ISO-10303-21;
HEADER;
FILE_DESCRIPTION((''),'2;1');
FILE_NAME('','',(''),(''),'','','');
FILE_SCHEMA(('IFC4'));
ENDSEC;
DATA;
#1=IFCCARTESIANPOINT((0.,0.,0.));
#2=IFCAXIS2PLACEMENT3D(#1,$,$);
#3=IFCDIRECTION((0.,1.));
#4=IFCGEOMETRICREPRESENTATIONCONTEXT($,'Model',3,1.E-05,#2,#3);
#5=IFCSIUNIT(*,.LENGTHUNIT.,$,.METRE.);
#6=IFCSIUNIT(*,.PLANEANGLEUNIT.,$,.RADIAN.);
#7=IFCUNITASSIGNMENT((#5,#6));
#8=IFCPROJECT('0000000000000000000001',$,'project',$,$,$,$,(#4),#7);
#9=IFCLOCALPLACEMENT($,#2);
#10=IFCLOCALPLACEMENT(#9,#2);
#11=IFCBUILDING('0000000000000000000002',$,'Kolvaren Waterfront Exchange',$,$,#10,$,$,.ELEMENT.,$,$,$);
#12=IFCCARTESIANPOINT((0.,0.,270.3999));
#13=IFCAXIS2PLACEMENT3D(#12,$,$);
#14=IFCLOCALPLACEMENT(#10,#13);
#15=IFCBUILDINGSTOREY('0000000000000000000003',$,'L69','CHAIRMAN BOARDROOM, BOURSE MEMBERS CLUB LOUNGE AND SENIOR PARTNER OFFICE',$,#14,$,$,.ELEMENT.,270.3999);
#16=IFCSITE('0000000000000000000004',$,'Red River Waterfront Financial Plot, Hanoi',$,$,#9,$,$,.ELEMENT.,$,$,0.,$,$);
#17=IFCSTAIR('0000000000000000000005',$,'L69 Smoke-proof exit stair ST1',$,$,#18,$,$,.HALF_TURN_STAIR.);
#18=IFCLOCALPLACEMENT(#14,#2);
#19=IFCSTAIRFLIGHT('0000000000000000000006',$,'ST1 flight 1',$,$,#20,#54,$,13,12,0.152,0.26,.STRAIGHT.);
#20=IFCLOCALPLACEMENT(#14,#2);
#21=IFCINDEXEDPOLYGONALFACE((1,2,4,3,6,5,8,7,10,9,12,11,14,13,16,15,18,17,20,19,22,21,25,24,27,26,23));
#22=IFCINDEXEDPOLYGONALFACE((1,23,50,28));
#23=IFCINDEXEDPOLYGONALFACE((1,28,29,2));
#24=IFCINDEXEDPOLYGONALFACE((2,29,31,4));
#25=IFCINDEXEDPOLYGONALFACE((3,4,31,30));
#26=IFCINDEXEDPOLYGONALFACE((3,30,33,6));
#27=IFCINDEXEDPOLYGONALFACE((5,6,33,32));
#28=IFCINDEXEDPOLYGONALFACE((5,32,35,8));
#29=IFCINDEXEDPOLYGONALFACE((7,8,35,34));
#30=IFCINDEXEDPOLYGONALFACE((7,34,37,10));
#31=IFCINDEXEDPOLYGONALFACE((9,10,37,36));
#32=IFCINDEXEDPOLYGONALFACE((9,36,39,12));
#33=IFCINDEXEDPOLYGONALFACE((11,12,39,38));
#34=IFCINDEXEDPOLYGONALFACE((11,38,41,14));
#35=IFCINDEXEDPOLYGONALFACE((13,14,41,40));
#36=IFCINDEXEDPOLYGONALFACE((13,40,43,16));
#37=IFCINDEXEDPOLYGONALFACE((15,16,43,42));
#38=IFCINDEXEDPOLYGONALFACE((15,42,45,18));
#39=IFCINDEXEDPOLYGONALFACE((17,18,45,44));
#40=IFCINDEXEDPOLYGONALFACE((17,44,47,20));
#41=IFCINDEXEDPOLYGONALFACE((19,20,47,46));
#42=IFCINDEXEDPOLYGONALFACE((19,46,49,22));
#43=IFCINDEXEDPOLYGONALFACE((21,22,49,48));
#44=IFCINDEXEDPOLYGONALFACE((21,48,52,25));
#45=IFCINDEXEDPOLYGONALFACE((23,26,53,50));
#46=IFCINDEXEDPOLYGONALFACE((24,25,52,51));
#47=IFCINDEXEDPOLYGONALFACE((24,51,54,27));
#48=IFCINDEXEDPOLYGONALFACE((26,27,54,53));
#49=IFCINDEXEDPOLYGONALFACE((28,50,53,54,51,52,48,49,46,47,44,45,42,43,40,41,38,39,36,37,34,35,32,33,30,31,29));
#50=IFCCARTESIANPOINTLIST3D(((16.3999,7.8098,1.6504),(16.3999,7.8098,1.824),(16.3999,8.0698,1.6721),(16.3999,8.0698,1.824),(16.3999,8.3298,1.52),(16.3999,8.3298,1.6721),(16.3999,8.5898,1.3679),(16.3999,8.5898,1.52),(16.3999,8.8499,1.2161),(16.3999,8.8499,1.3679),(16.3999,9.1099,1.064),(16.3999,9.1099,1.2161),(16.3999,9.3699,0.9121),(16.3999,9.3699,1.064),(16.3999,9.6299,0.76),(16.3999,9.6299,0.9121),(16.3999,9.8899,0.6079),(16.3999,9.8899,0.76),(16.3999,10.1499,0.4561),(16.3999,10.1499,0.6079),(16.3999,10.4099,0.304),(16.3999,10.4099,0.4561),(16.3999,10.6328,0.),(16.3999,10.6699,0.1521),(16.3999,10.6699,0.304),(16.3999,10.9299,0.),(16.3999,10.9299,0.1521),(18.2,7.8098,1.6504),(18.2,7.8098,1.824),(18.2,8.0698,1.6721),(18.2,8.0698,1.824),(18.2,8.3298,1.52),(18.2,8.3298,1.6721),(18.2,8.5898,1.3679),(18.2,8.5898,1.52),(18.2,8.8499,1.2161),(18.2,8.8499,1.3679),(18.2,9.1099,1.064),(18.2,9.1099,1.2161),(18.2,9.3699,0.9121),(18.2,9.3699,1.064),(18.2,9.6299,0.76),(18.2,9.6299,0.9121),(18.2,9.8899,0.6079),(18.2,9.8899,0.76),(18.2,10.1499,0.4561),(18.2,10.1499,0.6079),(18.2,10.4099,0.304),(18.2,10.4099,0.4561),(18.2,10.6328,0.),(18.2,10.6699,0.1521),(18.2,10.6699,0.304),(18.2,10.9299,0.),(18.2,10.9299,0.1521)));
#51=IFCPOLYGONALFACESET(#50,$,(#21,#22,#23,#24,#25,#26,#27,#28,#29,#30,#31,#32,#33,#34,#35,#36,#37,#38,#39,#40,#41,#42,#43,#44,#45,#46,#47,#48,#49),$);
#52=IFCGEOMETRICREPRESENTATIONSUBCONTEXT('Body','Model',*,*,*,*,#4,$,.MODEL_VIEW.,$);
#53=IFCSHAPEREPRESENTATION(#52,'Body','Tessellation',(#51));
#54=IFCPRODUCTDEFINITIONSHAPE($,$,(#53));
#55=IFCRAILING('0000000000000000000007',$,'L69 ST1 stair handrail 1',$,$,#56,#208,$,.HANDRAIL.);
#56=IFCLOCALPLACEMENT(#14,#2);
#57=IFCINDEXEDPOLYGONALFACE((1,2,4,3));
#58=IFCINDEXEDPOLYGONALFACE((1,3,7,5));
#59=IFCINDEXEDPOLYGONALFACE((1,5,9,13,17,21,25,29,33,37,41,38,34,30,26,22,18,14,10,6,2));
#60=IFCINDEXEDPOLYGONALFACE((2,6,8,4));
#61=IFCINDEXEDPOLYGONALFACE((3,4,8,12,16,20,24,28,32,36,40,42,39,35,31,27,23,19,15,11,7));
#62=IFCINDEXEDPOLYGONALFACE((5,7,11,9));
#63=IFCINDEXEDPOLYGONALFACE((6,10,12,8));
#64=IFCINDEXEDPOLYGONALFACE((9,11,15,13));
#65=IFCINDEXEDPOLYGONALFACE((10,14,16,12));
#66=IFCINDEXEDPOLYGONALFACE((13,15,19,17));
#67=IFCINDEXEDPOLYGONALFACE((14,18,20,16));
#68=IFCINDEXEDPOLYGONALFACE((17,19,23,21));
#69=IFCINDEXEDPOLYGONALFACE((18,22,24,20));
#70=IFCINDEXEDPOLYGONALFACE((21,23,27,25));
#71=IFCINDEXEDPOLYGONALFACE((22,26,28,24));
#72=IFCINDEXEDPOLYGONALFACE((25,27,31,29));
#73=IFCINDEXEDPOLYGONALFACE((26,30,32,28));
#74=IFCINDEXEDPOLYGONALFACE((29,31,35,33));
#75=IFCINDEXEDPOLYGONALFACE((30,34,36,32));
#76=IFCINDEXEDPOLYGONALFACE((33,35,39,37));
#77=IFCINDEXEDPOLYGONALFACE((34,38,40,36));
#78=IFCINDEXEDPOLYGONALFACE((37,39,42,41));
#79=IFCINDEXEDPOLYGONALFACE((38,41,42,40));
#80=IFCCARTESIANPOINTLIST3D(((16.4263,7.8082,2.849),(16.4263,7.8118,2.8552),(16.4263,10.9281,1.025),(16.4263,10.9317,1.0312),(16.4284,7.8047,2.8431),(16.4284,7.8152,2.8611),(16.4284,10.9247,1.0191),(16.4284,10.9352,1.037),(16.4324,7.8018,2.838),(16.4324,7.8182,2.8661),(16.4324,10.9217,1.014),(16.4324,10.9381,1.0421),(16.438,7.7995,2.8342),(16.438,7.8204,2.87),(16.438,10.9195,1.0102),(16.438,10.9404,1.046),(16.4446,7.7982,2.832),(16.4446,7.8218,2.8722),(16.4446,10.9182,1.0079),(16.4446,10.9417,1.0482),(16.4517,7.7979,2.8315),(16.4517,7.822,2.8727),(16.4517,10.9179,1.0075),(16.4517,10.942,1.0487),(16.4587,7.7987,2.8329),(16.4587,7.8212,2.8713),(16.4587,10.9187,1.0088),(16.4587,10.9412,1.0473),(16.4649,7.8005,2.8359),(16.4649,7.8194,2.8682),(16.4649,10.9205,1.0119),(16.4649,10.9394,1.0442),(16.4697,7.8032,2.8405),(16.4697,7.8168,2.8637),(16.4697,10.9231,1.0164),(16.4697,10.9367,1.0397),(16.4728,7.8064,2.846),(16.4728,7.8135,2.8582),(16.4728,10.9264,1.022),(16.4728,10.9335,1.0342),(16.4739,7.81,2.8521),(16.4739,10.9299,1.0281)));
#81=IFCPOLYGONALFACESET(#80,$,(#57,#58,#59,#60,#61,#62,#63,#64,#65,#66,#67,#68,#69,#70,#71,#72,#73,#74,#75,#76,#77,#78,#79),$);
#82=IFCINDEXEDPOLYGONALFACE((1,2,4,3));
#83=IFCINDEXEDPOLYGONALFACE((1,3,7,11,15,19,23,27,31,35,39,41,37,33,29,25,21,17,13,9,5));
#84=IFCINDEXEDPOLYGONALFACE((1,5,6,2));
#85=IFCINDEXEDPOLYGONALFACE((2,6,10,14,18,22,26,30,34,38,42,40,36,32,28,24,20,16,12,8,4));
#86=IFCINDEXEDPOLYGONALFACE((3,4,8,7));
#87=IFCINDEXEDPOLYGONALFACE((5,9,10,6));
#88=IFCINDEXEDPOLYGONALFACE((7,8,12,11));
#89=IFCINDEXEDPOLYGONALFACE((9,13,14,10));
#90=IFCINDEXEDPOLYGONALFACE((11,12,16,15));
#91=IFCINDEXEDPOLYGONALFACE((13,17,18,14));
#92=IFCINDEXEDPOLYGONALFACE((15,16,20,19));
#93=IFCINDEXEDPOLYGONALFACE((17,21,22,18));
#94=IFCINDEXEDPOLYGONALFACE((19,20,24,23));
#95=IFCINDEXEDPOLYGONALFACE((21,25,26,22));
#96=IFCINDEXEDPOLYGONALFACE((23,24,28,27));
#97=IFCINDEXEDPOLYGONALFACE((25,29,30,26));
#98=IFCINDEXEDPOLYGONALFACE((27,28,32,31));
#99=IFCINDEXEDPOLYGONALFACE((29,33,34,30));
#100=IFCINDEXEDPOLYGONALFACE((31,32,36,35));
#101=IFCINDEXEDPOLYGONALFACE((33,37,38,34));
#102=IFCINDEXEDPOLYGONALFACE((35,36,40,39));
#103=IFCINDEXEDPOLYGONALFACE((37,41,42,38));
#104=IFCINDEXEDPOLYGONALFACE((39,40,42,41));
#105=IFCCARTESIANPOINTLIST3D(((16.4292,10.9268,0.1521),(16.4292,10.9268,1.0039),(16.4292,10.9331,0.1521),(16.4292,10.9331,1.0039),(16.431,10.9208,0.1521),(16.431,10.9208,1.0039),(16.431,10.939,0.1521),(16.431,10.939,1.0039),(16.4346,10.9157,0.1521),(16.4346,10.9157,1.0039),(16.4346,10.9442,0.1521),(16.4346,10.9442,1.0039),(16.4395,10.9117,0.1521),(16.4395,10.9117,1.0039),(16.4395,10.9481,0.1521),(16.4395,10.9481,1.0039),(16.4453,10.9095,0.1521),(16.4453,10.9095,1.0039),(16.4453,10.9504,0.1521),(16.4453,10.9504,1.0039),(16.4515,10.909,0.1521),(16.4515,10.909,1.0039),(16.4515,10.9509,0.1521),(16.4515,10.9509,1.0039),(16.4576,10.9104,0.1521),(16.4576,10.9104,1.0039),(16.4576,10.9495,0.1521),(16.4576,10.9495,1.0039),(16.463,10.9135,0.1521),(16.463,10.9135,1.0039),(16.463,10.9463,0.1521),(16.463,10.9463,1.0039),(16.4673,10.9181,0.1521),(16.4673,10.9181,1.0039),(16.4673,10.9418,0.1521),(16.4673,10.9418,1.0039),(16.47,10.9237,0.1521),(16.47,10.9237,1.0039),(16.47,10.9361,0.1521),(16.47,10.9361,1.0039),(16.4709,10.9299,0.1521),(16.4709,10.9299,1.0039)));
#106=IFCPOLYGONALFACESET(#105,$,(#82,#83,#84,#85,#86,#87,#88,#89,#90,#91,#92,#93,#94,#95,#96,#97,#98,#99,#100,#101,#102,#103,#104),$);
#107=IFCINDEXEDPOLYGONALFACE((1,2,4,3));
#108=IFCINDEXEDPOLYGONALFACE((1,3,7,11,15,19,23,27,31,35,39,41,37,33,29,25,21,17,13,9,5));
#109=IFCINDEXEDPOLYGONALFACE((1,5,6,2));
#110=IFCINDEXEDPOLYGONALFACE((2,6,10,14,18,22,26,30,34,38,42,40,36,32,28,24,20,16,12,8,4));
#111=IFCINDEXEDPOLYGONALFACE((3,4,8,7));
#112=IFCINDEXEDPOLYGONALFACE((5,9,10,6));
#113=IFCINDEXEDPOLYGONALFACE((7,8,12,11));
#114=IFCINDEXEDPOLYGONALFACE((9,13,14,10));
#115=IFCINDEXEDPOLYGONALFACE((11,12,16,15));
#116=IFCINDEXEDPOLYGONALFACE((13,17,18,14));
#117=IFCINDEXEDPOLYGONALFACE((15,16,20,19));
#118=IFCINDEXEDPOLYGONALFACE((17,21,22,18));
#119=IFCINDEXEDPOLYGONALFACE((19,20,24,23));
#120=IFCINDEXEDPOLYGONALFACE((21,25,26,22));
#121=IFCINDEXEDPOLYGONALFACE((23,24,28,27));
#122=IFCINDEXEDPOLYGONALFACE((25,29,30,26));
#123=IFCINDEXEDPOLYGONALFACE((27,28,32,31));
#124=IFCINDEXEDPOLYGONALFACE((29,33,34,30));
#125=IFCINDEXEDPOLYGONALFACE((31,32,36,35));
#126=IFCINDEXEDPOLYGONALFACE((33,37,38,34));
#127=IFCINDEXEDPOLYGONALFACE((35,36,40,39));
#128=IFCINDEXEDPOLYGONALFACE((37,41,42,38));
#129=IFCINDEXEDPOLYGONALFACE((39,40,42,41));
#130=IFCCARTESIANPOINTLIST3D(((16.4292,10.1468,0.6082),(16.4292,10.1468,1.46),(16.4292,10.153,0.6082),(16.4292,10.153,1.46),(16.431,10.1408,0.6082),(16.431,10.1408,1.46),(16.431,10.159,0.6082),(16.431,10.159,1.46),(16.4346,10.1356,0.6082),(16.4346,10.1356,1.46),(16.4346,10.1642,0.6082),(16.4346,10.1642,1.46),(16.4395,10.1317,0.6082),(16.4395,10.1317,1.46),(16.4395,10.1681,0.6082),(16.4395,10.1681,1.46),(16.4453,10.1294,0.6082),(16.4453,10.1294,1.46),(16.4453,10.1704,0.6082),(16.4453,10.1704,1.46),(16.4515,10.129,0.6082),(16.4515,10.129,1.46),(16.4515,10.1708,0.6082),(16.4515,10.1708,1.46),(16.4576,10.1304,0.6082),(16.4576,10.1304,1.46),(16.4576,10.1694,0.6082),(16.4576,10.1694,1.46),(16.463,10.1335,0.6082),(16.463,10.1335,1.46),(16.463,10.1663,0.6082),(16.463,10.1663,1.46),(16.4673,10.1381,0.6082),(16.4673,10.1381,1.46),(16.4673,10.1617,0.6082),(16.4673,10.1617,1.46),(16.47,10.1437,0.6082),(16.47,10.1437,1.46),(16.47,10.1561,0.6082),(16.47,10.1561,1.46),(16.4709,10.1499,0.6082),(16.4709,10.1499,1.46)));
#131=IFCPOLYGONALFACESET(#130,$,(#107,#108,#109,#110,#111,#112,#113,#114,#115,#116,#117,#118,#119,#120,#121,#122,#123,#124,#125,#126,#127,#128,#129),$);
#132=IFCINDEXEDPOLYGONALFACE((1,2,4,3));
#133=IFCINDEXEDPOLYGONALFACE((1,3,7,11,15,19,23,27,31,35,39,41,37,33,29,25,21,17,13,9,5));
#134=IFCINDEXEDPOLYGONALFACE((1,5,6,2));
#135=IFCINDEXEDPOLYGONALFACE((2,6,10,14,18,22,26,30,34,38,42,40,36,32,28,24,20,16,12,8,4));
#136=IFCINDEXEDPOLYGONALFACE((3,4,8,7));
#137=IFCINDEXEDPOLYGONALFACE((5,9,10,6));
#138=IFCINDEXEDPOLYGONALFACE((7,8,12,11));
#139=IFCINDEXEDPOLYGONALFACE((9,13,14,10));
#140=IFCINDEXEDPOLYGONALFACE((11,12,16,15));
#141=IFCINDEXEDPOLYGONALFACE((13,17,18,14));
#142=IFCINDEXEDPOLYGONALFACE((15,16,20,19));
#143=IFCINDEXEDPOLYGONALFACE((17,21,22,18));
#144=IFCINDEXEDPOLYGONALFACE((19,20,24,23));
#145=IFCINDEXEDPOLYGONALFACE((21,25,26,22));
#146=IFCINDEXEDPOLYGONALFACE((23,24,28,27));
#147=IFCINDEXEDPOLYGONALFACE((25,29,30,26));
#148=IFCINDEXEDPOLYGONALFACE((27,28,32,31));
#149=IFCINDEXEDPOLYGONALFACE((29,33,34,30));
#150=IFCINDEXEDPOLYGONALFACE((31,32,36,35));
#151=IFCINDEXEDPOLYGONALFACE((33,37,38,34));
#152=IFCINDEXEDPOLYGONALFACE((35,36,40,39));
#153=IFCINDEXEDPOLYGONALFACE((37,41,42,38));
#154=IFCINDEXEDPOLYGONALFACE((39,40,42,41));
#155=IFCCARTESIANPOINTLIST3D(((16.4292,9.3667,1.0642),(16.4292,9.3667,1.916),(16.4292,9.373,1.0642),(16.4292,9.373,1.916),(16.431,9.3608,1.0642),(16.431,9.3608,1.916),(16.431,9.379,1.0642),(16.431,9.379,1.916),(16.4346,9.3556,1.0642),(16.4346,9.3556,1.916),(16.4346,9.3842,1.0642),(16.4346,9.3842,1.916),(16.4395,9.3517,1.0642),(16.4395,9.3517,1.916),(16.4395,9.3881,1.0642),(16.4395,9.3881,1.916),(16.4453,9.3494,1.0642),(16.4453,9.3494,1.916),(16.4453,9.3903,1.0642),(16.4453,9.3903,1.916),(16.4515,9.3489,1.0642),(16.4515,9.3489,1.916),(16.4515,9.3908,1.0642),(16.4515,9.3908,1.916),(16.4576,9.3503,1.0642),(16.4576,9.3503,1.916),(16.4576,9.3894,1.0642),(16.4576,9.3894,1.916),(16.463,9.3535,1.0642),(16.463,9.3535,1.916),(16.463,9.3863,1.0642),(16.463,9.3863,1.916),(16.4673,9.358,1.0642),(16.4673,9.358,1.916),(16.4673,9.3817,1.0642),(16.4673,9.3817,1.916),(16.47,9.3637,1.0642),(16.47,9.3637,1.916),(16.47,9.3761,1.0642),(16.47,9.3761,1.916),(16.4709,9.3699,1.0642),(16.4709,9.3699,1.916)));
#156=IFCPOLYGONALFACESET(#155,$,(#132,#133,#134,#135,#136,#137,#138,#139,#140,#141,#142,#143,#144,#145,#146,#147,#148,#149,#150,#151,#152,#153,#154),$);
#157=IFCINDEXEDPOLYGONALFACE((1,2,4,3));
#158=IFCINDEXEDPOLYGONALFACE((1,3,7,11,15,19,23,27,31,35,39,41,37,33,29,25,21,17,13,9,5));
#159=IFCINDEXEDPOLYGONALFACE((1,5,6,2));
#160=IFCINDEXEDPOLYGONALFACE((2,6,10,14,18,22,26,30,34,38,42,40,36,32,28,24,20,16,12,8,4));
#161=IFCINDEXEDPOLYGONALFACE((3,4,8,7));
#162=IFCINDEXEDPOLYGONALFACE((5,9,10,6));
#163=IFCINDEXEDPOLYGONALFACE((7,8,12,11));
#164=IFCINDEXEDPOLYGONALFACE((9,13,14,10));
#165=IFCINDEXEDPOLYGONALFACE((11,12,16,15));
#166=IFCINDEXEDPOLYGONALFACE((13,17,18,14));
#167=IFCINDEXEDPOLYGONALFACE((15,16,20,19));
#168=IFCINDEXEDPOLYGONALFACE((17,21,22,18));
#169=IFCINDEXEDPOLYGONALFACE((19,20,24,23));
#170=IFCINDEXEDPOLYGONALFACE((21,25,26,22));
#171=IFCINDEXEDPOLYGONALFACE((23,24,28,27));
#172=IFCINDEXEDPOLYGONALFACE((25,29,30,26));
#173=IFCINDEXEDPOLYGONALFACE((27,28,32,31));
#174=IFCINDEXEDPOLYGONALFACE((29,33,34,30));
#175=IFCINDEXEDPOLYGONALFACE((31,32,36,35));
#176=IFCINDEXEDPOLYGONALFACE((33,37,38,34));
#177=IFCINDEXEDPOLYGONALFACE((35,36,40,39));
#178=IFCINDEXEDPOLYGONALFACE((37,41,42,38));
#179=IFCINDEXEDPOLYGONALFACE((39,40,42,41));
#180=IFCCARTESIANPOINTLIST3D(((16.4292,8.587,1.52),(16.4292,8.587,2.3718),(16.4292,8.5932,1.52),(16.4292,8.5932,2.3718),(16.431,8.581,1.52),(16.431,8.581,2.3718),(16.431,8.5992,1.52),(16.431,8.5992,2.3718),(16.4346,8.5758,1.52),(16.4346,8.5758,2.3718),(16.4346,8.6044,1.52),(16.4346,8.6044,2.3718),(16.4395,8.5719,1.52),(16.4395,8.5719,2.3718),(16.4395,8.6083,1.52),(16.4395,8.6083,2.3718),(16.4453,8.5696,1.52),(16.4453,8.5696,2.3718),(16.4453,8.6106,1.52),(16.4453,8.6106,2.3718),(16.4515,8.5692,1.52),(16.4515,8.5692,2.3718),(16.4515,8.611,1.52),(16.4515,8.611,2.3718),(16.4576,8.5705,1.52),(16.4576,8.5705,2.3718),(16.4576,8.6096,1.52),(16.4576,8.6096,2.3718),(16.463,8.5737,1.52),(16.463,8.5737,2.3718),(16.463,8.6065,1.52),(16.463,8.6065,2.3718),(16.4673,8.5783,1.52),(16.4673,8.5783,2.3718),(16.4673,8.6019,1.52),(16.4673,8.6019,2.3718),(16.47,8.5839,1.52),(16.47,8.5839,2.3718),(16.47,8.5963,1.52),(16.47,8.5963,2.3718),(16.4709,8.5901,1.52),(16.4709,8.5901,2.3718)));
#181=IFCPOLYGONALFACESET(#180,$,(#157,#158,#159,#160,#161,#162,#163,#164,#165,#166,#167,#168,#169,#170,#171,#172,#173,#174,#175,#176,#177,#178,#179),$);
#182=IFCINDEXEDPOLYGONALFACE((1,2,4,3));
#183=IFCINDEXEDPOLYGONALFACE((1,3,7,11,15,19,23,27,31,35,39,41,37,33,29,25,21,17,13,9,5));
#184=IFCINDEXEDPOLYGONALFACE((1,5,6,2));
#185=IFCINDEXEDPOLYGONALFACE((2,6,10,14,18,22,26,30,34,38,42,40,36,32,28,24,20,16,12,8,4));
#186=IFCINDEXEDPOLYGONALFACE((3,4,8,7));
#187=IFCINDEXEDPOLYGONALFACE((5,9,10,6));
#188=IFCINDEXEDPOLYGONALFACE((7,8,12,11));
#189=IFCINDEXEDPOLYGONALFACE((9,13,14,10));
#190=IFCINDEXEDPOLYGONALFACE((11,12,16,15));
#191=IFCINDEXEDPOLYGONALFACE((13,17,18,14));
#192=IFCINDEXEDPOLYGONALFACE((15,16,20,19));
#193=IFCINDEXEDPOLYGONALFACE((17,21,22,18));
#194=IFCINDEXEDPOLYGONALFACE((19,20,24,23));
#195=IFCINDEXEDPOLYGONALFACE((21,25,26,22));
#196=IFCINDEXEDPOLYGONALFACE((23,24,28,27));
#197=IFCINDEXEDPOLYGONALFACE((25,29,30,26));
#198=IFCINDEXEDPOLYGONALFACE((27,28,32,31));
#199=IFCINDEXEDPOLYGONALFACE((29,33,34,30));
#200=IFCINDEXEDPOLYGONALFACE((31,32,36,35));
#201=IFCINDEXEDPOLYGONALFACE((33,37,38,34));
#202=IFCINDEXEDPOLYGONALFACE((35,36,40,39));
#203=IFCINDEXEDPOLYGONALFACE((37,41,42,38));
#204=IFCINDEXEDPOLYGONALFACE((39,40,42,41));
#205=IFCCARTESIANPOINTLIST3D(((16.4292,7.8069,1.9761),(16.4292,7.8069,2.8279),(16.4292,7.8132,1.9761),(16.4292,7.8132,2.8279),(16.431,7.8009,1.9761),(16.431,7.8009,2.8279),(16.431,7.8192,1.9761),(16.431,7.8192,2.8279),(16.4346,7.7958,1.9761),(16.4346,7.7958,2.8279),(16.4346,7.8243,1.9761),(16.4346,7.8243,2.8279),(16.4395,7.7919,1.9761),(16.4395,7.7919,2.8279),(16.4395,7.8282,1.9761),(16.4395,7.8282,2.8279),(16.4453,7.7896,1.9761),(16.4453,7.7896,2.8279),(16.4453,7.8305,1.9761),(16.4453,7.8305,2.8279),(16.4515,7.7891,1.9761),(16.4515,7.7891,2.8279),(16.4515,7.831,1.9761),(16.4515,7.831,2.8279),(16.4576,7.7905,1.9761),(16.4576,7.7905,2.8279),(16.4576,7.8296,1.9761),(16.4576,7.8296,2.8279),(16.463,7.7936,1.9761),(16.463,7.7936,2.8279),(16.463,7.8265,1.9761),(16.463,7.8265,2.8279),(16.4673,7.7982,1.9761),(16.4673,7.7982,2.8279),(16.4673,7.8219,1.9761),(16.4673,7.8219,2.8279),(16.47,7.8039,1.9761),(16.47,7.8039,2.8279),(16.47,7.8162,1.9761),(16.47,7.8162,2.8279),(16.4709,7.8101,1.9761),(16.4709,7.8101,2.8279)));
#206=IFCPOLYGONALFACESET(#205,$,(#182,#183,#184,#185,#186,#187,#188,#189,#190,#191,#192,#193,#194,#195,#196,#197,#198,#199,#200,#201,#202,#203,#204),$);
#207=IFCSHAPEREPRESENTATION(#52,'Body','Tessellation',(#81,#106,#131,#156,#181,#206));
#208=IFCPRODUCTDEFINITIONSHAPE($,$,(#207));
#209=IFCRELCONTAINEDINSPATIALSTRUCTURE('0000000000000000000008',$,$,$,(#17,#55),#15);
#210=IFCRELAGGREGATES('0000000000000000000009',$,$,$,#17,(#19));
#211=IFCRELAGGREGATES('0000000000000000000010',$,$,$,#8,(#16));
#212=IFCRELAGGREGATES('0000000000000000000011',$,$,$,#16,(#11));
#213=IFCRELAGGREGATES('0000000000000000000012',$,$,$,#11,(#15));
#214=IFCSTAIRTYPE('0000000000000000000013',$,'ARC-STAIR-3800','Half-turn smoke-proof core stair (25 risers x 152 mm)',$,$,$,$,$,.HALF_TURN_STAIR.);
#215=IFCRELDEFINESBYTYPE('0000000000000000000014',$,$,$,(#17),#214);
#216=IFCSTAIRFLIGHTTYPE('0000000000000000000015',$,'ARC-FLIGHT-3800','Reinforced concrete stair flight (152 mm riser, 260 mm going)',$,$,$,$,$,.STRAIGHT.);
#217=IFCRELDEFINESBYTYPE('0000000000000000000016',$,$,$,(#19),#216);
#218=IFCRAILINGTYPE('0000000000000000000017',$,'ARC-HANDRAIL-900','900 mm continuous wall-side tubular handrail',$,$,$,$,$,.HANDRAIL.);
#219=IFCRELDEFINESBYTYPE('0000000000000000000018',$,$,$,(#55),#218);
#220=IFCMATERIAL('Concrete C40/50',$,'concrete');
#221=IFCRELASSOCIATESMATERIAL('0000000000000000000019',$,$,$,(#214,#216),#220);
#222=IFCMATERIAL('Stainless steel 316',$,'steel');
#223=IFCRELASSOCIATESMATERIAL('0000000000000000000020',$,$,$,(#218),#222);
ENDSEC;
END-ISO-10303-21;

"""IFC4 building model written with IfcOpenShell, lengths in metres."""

from ifc_helpers import new_model, si_unit, direction, frame, origin, origin_2d, place, context, subcontext, project, spatial, polyline, circle, outline, extrude, material, type_object, element, aggregate, save


model = new_model("IFC4")

# Units and contexts
model_context = context("Model", 3, precision=1e-05, world=origin(), true_north=direction((0.0, 1.0)))
body_context = subcontext(model_context, "Body", "Model", "MODEL_VIEW")
ifc_project = project(units=[si_unit("LENGTHUNIT", "METRE"), si_unit("PLANEANGLEUNIT", "RADIAN")], contexts=[model_context])

# Site, building, storey
site_placement = place(None, origin())
site = spatial("IfcSite", under=ifc_project, at=site_placement, Name="Red River Waterfront Financial Plot, Hanoi", CompositionType="ELEMENT", RefElevation=0.0)
building_placement = place(site_placement, origin())
building = spatial("IfcBuilding", under=site, at=building_placement, Name="Kolvaren Waterfront Exchange", CompositionType="ELEMENT")
storey_placement = place(building_placement, frame((0.0, 0.0, 270.3999)))
storey = spatial("IfcBuildingStorey", under=building, at=storey_placement, Name="L69", Description="CHAIRMAN BOARDROOM, BOURSE MEMBERS CLUB LOUNGE AND SENIOR PARTNER OFFICE", CompositionType="ELEMENT", Elevation=270.3999)

# Shared definitions
ifc_material_1 = material(Name="Concrete C40/50", Category="concrete")

# Stair, stair flight
stair_type = type_object("IfcStairType", Name="ARC-STAIR-3800", Description="Half-turn smoke-proof core stair (25 risers x 152 mm)", PredefinedType="HALF_TURN_STAIR", material=ifc_material_1)
stair_placement = place(storey_placement, origin())
stair = element("IfcStair", 1, at=stair_placement, inside=storey, type_object=stair_type, Name="L69 Smoke-proof exit stair ST1", PredefinedType="HALF_TURN_STAIR")
stair_flight_type = type_object("IfcStairFlightType", Name="ARC-FLIGHT-3800", Description="Reinforced concrete stair flight (152 mm riser, 260 mm going)", PredefinedType="STRAIGHT", material=ifc_material_1)
stair_flight_placement = place(storey_placement, frame((17.3, 10.9299, 0.0), z_axis=(0.0, 0.0, 1.0), x_axis=(0.0, -1.0, 0.0)))
stair_flight = element("IfcStairFlight", 2, at=stair_flight_placement, type_object=stair_flight_type, Name="ST1 flight 1", NumberOfRisers=13, NumberOfTreads=12, PredefinedType="STRAIGHT", RiserHeight=0.152, TreadLength=0.26, context=body_context, shape_type="SweptSolid", body=[
    extrude(outline(polyline([(0.0, 0.0), (0.0, 0.1521), (0.26, 0.1521), (0.26, 0.304), (0.52, 0.304), (0.52, 0.4561), (0.78, 0.4561), (0.78, 0.6079), (1.04, 0.6079), (1.04, 0.76), (1.3, 0.76), (1.3, 0.9121), (1.5601, 0.9121), (1.5601, 1.064), (1.8201, 1.064), (1.8201, 1.2161), (2.0801, 1.2161), (2.0801, 1.3679), (2.3401, 1.3679), (2.3401, 1.52), (2.6001, 1.52), (2.6001, 1.6721), (2.8601, 1.6721), (2.8601, 1.824), (3.1201, 1.824), (3.1201, 1.9761), (3.1201, 1.6504), (0.2971, 0.0), (0.0, 0.0)])), frame((0.0, 0.8999, 0.0), z_axis=(0.0, -1.0, 0.0), x_axis=(1.0, 0.0, 0.0)), (0.0, 0.0, 1.0), 1.8),
])
aggregate(stair, [stair_flight])

# Railing
ifc_material_2 = material(Name="Stainless steel 316", Category="steel")
railing_type_1 = type_object("IfcRailingType", Name="ARC-HANDRAIL-900", Description="900 mm continuous wall-side tubular handrail", PredefinedType="HANDRAIL", material=ifc_material_2)
railing_1_placement = place(storey_placement, frame((16.45, 10.9299, 0.1521)))
element("IfcRailing", 3, at=railing_1_placement, inside=storey, type_object=railing_type_1, Name="L69 ST1 stair handrail 1", PredefinedType="HANDRAIL", context=body_context, shape_type="SweptSolid", body=[
    extrude(circle(Radius=0.0239, at=origin_2d()), frame((0.0, 0.0, 0.876), z_axis=(0.0, -0.863291, 0.504707), x_axis=(1.0, 0.0, 0.0)), (0.0, 0.0, 1.0), 3.614),
    extrude(circle(Radius=0.021, at=origin_2d()), origin(), (0.0, 0.0, 1.0), 0.8518),
    extrude(circle(Radius=0.021, at=origin_2d()), frame((0.0, -0.78, 0.4561)), (0.0, 0.0, 1.0), 0.8518),
    extrude(circle(Radius=0.021, at=origin_2d()), frame((0.0, -1.5601, 0.9121)), (0.0, 0.0, 1.0), 0.8518),
    extrude(circle(Radius=0.021, at=origin_2d()), frame((0.0, -2.3398, 1.3679)), (0.0, 0.0, 1.0), 0.8518),
    extrude(circle(Radius=0.021, at=origin_2d()), frame((0.0, -3.1199, 1.824)), (0.0, 0.0, 1.0), 0.8518),
])

save(model, "model.ifc")
